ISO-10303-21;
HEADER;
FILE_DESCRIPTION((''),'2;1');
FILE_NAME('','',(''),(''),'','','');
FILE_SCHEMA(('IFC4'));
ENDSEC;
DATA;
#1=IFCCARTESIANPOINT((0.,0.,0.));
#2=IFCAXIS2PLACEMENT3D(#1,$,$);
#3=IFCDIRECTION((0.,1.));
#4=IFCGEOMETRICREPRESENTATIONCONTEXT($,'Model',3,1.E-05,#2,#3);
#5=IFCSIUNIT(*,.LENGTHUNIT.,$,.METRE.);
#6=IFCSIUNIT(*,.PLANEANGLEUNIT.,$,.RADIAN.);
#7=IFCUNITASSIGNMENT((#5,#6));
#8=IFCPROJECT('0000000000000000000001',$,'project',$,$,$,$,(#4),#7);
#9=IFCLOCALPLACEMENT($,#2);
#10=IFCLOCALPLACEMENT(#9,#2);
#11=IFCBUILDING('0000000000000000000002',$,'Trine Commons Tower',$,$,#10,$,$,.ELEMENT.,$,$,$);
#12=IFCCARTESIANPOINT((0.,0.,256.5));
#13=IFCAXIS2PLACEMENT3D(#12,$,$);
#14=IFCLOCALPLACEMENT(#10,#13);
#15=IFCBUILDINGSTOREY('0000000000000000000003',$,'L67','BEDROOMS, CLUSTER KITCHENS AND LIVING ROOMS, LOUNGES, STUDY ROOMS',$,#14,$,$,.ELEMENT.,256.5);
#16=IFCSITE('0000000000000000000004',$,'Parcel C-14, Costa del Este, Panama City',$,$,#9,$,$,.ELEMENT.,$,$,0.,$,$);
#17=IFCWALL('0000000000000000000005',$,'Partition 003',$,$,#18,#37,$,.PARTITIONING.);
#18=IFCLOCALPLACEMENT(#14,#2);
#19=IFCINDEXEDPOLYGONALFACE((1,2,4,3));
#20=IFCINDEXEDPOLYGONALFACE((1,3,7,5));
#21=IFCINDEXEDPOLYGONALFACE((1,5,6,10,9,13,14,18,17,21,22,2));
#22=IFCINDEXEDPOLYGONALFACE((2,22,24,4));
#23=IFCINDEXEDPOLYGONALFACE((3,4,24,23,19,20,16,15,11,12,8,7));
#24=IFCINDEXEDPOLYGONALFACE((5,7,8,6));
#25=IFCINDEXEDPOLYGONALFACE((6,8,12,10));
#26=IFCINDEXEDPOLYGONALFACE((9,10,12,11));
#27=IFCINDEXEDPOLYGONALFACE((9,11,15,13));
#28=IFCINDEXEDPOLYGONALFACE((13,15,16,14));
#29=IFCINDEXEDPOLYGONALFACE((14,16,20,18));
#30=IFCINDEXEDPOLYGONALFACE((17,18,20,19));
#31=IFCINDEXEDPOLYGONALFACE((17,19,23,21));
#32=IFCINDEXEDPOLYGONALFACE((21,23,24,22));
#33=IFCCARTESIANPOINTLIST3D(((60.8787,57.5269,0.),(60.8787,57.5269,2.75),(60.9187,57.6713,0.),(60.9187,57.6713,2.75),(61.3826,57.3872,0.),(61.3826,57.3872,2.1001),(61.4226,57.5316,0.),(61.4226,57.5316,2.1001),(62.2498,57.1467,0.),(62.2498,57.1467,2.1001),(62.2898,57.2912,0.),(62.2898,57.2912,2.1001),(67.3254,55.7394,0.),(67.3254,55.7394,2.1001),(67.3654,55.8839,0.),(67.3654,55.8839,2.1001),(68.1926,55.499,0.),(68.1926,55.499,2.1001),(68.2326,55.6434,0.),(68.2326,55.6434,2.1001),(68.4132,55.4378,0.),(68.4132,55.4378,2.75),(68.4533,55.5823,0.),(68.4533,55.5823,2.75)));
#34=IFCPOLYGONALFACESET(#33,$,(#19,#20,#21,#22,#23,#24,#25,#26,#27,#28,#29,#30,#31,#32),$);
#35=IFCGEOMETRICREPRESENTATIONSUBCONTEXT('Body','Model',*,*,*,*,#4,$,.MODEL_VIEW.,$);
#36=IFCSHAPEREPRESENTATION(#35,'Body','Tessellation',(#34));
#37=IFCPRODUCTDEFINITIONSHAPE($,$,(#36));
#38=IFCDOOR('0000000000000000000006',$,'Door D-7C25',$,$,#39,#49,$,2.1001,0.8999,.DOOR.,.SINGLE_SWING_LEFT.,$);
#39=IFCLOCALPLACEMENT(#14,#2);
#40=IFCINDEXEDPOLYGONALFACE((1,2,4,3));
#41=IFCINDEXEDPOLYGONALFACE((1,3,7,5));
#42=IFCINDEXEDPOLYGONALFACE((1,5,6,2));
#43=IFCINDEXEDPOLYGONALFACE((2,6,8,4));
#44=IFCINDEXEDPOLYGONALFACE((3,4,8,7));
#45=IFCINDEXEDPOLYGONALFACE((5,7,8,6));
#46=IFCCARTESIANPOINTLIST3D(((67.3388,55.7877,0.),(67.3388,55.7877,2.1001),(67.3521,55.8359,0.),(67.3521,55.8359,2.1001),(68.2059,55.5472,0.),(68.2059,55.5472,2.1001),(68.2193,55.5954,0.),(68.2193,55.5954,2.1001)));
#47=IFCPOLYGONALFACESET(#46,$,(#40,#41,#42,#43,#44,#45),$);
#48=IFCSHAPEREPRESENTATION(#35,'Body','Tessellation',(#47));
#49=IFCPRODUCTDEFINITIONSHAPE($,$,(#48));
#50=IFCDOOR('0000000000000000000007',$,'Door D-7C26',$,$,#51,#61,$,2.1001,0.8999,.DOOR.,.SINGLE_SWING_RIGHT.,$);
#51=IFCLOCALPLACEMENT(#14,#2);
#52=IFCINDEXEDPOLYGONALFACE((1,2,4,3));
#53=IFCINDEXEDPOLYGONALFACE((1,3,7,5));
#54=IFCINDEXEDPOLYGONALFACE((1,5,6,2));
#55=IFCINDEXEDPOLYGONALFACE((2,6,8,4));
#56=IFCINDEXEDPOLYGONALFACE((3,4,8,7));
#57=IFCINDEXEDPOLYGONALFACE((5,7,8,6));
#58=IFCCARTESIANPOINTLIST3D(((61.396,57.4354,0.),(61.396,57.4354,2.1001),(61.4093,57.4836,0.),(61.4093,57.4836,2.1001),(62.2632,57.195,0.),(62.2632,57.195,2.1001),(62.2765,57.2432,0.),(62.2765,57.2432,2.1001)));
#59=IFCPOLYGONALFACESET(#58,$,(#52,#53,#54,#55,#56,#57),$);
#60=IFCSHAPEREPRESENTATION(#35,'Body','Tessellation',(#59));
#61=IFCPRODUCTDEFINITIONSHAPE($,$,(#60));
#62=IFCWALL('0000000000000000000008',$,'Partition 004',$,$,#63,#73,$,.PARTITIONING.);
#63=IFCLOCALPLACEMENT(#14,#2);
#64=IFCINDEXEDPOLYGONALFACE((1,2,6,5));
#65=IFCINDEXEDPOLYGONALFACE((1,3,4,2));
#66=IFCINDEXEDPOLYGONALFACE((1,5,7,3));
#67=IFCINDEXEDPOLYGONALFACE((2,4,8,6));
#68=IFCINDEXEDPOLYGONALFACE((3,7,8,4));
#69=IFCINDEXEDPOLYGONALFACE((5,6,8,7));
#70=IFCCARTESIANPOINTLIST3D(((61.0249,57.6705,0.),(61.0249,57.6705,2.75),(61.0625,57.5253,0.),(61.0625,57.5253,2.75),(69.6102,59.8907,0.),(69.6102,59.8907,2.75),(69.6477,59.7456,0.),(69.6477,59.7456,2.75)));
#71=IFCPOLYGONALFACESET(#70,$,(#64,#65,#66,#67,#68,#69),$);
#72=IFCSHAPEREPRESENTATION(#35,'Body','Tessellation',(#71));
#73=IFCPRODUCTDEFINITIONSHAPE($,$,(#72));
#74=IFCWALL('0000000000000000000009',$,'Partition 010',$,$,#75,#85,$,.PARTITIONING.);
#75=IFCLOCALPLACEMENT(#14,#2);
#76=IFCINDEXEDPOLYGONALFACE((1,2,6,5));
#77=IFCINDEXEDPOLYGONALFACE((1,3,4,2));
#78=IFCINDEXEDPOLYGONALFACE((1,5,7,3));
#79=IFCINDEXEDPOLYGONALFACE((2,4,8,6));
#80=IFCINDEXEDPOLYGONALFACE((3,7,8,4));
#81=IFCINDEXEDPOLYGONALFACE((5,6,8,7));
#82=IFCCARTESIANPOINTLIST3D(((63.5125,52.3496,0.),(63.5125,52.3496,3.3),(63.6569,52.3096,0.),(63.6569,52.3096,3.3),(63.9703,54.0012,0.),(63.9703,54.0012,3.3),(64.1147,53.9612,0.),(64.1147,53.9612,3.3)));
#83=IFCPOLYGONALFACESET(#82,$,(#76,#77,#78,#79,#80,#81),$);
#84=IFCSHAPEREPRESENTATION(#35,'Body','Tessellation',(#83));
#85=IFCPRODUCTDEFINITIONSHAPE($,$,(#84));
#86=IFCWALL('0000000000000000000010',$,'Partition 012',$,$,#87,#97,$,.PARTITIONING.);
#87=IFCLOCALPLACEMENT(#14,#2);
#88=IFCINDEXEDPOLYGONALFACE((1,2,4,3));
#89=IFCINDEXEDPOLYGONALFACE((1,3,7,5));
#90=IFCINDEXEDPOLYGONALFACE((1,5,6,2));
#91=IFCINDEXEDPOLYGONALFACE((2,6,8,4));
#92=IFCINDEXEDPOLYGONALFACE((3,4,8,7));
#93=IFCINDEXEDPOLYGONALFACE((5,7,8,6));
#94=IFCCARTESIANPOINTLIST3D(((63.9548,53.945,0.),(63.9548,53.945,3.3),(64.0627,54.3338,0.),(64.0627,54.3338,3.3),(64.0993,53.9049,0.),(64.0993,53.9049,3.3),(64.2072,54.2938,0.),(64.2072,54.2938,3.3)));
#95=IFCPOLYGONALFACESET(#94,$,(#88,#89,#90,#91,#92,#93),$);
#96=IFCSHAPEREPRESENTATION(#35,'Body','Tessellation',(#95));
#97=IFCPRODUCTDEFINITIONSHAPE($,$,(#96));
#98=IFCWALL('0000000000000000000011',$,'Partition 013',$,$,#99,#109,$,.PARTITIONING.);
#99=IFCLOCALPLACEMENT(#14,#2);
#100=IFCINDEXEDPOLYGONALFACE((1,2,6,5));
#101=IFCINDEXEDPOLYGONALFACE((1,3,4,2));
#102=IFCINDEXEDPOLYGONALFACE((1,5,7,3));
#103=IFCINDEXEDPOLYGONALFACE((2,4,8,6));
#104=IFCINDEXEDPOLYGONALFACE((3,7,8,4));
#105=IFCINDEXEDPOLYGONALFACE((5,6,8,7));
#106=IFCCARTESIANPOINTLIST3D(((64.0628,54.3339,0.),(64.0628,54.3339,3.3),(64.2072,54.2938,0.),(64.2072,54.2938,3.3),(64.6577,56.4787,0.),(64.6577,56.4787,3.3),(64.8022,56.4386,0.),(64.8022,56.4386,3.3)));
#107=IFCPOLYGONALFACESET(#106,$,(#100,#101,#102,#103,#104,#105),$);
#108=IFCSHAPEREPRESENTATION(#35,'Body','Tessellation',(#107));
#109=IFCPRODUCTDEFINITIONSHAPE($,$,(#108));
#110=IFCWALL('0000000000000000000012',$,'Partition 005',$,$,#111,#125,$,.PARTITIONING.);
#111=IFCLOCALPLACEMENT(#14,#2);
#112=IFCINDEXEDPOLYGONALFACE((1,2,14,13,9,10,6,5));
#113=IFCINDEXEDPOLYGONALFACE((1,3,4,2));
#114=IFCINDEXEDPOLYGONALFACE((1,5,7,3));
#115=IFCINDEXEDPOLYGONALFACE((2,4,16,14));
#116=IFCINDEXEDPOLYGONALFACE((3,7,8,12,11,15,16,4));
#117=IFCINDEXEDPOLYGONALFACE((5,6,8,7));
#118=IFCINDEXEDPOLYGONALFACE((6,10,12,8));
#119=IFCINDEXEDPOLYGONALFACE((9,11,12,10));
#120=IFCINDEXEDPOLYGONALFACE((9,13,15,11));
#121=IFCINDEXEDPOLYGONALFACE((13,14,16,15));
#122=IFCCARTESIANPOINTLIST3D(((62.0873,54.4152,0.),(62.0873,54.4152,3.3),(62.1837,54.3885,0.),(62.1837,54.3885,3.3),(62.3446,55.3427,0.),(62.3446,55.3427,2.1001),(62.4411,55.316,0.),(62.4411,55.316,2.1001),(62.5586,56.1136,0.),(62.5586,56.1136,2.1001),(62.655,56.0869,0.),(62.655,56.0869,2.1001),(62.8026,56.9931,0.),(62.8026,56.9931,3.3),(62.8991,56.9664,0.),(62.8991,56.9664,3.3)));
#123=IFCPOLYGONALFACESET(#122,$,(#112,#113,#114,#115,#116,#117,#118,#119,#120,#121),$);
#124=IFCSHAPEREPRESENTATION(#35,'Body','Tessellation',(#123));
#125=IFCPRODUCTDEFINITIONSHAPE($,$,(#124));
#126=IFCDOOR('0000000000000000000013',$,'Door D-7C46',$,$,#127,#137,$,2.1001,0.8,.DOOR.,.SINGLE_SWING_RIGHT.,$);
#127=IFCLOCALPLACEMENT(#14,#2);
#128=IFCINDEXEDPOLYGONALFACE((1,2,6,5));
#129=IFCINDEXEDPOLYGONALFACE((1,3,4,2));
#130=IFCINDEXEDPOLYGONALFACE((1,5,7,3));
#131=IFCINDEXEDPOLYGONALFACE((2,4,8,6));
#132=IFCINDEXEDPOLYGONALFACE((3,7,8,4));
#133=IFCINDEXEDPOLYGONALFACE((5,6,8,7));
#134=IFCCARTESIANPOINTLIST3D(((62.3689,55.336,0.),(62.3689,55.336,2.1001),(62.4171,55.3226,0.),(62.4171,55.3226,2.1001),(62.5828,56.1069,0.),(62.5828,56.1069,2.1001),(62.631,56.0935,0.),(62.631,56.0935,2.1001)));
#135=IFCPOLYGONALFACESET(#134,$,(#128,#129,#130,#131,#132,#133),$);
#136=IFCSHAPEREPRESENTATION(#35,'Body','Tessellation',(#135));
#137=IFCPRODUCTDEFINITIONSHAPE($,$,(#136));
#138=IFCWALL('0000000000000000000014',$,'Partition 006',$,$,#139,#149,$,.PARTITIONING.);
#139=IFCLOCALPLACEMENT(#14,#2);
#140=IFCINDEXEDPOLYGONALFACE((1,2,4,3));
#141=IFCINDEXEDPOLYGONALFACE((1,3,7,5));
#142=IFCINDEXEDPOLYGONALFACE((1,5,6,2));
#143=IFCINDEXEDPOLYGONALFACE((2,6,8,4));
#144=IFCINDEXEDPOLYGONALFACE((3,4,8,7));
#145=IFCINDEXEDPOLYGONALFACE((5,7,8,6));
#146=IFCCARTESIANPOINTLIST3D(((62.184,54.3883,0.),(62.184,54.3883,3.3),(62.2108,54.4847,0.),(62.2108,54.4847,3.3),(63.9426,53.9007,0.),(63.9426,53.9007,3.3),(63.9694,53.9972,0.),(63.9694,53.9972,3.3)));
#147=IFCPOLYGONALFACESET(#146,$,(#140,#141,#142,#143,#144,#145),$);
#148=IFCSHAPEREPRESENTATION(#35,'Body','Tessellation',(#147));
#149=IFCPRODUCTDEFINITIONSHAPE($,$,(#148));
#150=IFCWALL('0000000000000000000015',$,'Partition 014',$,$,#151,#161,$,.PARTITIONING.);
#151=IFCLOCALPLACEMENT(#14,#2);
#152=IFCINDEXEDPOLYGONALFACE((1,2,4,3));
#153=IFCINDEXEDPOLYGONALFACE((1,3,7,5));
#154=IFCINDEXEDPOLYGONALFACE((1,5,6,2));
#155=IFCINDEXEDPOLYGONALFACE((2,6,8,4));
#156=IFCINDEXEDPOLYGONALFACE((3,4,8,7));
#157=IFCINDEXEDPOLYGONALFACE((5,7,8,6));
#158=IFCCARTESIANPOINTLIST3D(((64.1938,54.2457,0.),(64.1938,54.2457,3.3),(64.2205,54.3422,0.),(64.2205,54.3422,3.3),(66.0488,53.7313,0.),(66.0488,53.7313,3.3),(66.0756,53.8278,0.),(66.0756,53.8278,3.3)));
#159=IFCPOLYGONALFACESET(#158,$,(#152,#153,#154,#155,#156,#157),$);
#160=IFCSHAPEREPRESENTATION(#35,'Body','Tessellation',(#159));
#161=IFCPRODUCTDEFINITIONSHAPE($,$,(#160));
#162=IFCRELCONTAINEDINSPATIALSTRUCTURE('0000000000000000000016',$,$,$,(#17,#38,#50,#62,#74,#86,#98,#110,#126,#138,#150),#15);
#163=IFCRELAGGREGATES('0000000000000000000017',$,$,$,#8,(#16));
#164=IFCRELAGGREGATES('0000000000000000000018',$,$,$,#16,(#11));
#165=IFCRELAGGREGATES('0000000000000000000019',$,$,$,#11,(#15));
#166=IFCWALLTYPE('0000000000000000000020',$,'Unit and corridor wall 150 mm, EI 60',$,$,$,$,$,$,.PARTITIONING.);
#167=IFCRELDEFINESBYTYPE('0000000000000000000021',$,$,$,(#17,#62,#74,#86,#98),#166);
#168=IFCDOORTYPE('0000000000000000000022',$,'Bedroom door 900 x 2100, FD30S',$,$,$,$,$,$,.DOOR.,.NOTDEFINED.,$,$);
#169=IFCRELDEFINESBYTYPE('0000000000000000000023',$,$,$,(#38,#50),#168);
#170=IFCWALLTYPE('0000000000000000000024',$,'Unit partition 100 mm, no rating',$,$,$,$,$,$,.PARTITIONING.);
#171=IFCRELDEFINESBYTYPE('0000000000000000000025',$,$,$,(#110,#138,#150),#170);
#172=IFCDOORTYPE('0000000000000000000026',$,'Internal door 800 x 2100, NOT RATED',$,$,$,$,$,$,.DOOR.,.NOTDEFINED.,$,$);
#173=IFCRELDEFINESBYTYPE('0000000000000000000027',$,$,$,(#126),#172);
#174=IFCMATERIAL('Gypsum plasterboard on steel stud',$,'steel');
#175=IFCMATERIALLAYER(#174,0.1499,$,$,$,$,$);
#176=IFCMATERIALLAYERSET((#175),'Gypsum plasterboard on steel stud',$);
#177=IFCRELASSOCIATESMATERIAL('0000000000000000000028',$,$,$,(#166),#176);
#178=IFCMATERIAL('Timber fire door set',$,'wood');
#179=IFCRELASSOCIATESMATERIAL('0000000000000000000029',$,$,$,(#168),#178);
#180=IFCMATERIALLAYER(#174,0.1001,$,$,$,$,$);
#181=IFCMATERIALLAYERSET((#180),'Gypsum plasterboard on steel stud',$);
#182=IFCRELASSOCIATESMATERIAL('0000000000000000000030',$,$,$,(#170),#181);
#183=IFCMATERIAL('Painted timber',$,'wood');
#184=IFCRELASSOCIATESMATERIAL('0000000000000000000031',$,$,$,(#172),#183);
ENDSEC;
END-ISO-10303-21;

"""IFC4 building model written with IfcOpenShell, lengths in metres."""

from ifc_helpers import new_model, si_unit, direction, frame, frame_2d, origin, place, context, subcontext, project, spatial, rectangle, extrude, material, layer, layer_set, type_object, element, fill, save


model = new_model("IFC4")

# Units and contexts
model_context = context("Model", 3, precision=1e-05, world=origin(), true_north=direction((0.0, 1.0)))
body_context = subcontext(model_context, "Body", "Model", "MODEL_VIEW")
ifc_project = project(units=[si_unit("LENGTHUNIT", "METRE"), si_unit("PLANEANGLEUNIT", "RADIAN")], contexts=[model_context])

# Site, building, storey
site_placement = place(None, origin())
site = spatial("IfcSite", under=ifc_project, at=site_placement, Name="Parcel C-14, Costa del Este, Panama City", CompositionType="ELEMENT", RefElevation=0.0)
building_placement = place(site_placement, origin())
building = spatial("IfcBuilding", under=site, at=building_placement, Name="Trine Commons Tower", CompositionType="ELEMENT")
storey_placement = place(building_placement, frame((0.0, 0.0, 256.5)))
storey = spatial("IfcBuildingStorey", under=building, at=storey_placement, Name="L67", Description="BEDROOMS, CLUSTER KITCHENS AND LIVING ROOMS, LOUNGES, STUDY ROOMS", CompositionType="ELEMENT", Elevation=256.5)

# Shared definitions
ifc_material_1 = material(Name="Gypsum plasterboard on steel stud", Category="steel")
ifc_layer_1 = layer(ifc_material_1, 0.1499)
ifc_layer_set_1 = layer_set([ifc_layer_1], Name="Gypsum plasterboard on steel stud")
wall_type_1 = type_object("IfcWallType", Name="Unit and corridor wall 150 mm, EI 60", PredefinedType="PARTITIONING", material=ifc_layer_set_1)

# Wall, openings, doors
wall_1_placement = place(storey_placement, frame((60.8987, 57.5991, 0.0), z_axis=(0.0, 0.0, 1.0), x_axis=(0.963645, -0.267186, 0.0)))
wall_1 = element("IfcWall", 1, at=wall_1_placement, inside=storey, type_object=wall_type_1, Name="Partition 003", PredefinedType="PARTITIONING", context=body_context, shape_type="SweptSolid", body=[
    extrude(rectangle(XDim=7.8188, YDim=0.1499, at=frame_2d((3.9094, 0.0))), origin(), (0.0, 0.0, 1.0), 2.75),
])
opening_1_placement = place(wall_1_placement, frame((6.6899, 0.0, 0.0)))
opening_1 = element("IfcOpeningElement", 2, at=opening_1_placement, cuts=wall_1, PredefinedType="OPENING", context=body_context, shape_type="SweptSolid", body=[
    extrude(rectangle(XDim=0.8999, YDim=2.1001, at=frame_2d((0.45, 1.05))), frame((0.0, 0.085, 0.0), z_axis=(0.0, -1.0, 0.0), x_axis=(1.0, 0.0, 0.0)), (0.0, 0.0, 1.0), 0.1699),
])
opening_2_placement = place(wall_1_placement, frame((0.5229, 0.0, 0.0)))
opening_2 = element("IfcOpeningElement", 3, at=opening_2_placement, cuts=wall_1, PredefinedType="OPENING", context=body_context, shape_type="SweptSolid", body=[
    extrude(rectangle(XDim=0.8999, YDim=2.1001, at=frame_2d((0.45, 1.05))), frame((0.0, 0.085, 0.0), z_axis=(0.0, -1.0, 0.0), x_axis=(1.0, 0.0, 0.0)), (0.0, 0.0, 1.0), 0.1699),
])
ifc_material_2 = material(Name="Timber fire door set", Category="wood")
door_type_1 = type_object("IfcDoorType", Name="Bedroom door 900 x 2100, FD30S", OperationType="NOTDEFINED", PredefinedType="DOOR", material=ifc_material_2)
door_1_placement = place(opening_1_placement, frame((0.8999, 0.0, 0.0), z_axis=(0.0, 0.0, 1.0), x_axis=(-1.0, 0.0, 0.0)))
door_1 = element("IfcDoor", 4, at=door_1_placement, inside=storey, type_object=door_type_1, Name="Door D-7C25", OperationType="SINGLE_SWING_LEFT", OverallHeight=2.1001, OverallWidth=0.8999, PredefinedType="DOOR", context=body_context, shape_type="SweptSolid", body=[
    extrude(rectangle(XDim=0.8999, YDim=2.1001, at=frame_2d((0.45, 1.05))), frame((0.0, 0.0249, 0.0), z_axis=(0.0, -1.0, 0.0), x_axis=(1.0, 0.0, 0.0)), (0.0, 0.0, 1.0), 0.05),
])
fill(opening_1, door_1)
door_2_placement = place(opening_2_placement, frame((0.8999, 0.0, 0.0), z_axis=(0.0, 0.0, 1.0), x_axis=(-1.0, 0.0, 0.0)))
door_2 = element("IfcDoor", 5, at=door_2_placement, inside=storey, type_object=door_type_1, Name="Door D-7C26", OperationType="SINGLE_SWING_RIGHT", OverallHeight=2.1001, OverallWidth=0.8999, PredefinedType="DOOR", context=body_context, shape_type="SweptSolid", body=[
    extrude(rectangle(XDim=0.8999, YDim=2.1001, at=frame_2d((0.45, 1.05))), frame((0.0, 0.0249, 0.0), z_axis=(0.0, -1.0, 0.0), x_axis=(1.0, 0.0, 0.0)), (0.0, 0.0, 1.0), 0.05),
])
fill(opening_2, door_2)

# Walls
wall_2_placement = place(storey_placement, frame((61.0437, 57.5979, 0.0), z_axis=(0.0, 0.0, 1.0), x_axis=(0.96815, 0.250373, 0.0)))
element("IfcWall", 6, at=wall_2_placement, inside=storey, type_object=wall_type_1, Name="Partition 004", PredefinedType="PARTITIONING", context=body_context, shape_type="SweptSolid", body=[
    extrude(rectangle(XDim=8.8677, YDim=0.1499, at=frame_2d((4.4338, 0.0))), origin(), (0.0, 0.0, 1.0), 2.75),
])
wall_3_placement = place(storey_placement, frame((63.5847, 52.3296, 0.0), z_axis=(0.0, 0.0, 1.0), x_axis=(0.267093, 0.963671, 0.0)))
element("IfcWall", 7, at=wall_3_placement, inside=storey, type_object=wall_type_1, Name="Partition 010", PredefinedType="PARTITIONING", context=body_context, shape_type="SweptSolid", body=[
    extrude(rectangle(XDim=1.7139, YDim=0.1499, at=frame_2d((0.8569, 0.0))), origin(), (0.0, 0.0, 1.0), 3.3),
])
wall_4_placement = place(storey_placement, frame((64.0271, 53.925, 0.0), z_axis=(0.0, 0.0, 1.0), x_axis=(0.267363, 0.963596, 0.0)))
element("IfcWall", 8, at=wall_4_placement, inside=storey, type_object=wall_type_1, Name="Partition 012", PredefinedType="PARTITIONING", context=body_context, shape_type="SweptSolid", body=[
    extrude(rectangle(XDim=0.4036, YDim=0.1499, at=frame_2d((0.2017, 0.0))), origin(), (0.0, 0.0, 1.0), 3.3),
])
wall_5_placement = place(storey_placement, frame((64.135, 54.314, 0.0), z_axis=(0.0, 0.0, 1.0), x_axis=(0.26731, 0.963611, 0.0)))
element("IfcWall", 9, at=wall_5_placement, inside=storey, type_object=wall_type_1, Name="Partition 013", PredefinedType="PARTITIONING", context=body_context, shape_type="SweptSolid", body=[
    extrude(rectangle(XDim=2.2258, YDim=0.1499, at=frame_2d((1.1128, 0.0))), origin(), (0.0, 0.0, 1.0), 3.3),
])

# Wall, opening, door
ifc_layer_2 = layer(ifc_material_1, 0.1001)
ifc_layer_set_2 = layer_set([ifc_layer_2], Name="Gypsum plasterboard on steel stud")
wall_type_2 = type_object("IfcWallType", Name="Unit partition 100 mm, no rating", PredefinedType="PARTITIONING", material=ifc_layer_set_2)
wall_6_placement = place(storey_placement, frame((62.1355, 54.4019, 0.0), z_axis=(0.0, 0.0, 1.0), x_axis=(0.267385, 0.96359, 0.0)))
wall_6 = element("IfcWall", 10, at=wall_6_placement, inside=storey, type_object=wall_type_2, Name="Partition 005", PredefinedType="PARTITIONING", context=body_context, shape_type="SweptSolid", body=[
    extrude(rectangle(XDim=2.6753, YDim=0.1001, at=frame_2d((1.3376, 0.0))), origin(), (0.0, 0.0, 1.0), 3.3),
])
opening_3_placement = place(wall_6_placement, frame((0.9626, 0.0, 0.0)))
opening_3 = element("IfcOpeningElement", 11, at=opening_3_placement, cuts=wall_6, PredefinedType="OPENING", context=body_context, shape_type="SweptSolid", body=[
    extrude(rectangle(XDim=0.8, YDim=2.1001, at=frame_2d((0.3999, 1.05))), frame((0.0, 0.0601, 0.0), z_axis=(0.0, -1.0, 0.0), x_axis=(1.0, 0.0, 0.0)), (0.0, 0.0, 1.0), 0.1201),
])
ifc_material_3 = material(Name="Painted timber", Category="wood")
door_type_2 = type_object("IfcDoorType", Name="Internal door 800 x 2100, NOT RATED", OperationType="NOTDEFINED", PredefinedType="DOOR", material=ifc_material_3)
door_3_placement = place(opening_3_placement, origin())
door_3 = element("IfcDoor", 12, at=door_3_placement, inside=storey, type_object=door_type_2, Name="Door D-7C46", OperationType="SINGLE_SWING_RIGHT", OverallHeight=2.1001, OverallWidth=0.8, PredefinedType="DOOR", context=body_context, shape_type="SweptSolid", body=[
    extrude(rectangle(XDim=0.8, YDim=2.1001, at=frame_2d((0.3999, 1.05))), frame((0.0, 0.0249, 0.0), z_axis=(0.0, -1.0, 0.0), x_axis=(1.0, 0.0, 0.0)), (0.0, 0.0, 1.0), 0.05),
])
fill(opening_3, door_3)

# Walls
wall_7_placement = place(storey_placement, frame((62.1973, 54.4365, 0.0), z_axis=(0.0, 0.0, 1.0), x_axis=(0.96365, -0.267168, 0.0)))
element("IfcWall", 13, at=wall_7_placement, inside=storey, type_object=wall_type_2, Name="Partition 006", PredefinedType="PARTITIONING", context=body_context, shape_type="SweptSolid", body=[
    extrude(rectangle(XDim=1.825, YDim=0.1001, at=frame_2d((0.9126, 0.0))), origin(), (0.0, 0.0, 1.0), 3.3),
])
wall_8_placement = place(storey_placement, frame((64.2073, 54.2939, 0.0), z_axis=(0.0, 0.0, 1.0), x_axis=(0.963634, -0.267225, 0.0)))
element("IfcWall", 14, at=wall_8_placement, inside=storey, type_object=wall_type_2, Name="Partition 014", PredefinedType="PARTITIONING", context=body_context, shape_type="SweptSolid", body=[
    extrude(rectangle(XDim=1.925, YDim=0.1001, at=frame_2d((0.9624, 0.0))), origin(), (0.0, 0.0, 1.0), 3.3),
])

save(model, "model.ifc")
